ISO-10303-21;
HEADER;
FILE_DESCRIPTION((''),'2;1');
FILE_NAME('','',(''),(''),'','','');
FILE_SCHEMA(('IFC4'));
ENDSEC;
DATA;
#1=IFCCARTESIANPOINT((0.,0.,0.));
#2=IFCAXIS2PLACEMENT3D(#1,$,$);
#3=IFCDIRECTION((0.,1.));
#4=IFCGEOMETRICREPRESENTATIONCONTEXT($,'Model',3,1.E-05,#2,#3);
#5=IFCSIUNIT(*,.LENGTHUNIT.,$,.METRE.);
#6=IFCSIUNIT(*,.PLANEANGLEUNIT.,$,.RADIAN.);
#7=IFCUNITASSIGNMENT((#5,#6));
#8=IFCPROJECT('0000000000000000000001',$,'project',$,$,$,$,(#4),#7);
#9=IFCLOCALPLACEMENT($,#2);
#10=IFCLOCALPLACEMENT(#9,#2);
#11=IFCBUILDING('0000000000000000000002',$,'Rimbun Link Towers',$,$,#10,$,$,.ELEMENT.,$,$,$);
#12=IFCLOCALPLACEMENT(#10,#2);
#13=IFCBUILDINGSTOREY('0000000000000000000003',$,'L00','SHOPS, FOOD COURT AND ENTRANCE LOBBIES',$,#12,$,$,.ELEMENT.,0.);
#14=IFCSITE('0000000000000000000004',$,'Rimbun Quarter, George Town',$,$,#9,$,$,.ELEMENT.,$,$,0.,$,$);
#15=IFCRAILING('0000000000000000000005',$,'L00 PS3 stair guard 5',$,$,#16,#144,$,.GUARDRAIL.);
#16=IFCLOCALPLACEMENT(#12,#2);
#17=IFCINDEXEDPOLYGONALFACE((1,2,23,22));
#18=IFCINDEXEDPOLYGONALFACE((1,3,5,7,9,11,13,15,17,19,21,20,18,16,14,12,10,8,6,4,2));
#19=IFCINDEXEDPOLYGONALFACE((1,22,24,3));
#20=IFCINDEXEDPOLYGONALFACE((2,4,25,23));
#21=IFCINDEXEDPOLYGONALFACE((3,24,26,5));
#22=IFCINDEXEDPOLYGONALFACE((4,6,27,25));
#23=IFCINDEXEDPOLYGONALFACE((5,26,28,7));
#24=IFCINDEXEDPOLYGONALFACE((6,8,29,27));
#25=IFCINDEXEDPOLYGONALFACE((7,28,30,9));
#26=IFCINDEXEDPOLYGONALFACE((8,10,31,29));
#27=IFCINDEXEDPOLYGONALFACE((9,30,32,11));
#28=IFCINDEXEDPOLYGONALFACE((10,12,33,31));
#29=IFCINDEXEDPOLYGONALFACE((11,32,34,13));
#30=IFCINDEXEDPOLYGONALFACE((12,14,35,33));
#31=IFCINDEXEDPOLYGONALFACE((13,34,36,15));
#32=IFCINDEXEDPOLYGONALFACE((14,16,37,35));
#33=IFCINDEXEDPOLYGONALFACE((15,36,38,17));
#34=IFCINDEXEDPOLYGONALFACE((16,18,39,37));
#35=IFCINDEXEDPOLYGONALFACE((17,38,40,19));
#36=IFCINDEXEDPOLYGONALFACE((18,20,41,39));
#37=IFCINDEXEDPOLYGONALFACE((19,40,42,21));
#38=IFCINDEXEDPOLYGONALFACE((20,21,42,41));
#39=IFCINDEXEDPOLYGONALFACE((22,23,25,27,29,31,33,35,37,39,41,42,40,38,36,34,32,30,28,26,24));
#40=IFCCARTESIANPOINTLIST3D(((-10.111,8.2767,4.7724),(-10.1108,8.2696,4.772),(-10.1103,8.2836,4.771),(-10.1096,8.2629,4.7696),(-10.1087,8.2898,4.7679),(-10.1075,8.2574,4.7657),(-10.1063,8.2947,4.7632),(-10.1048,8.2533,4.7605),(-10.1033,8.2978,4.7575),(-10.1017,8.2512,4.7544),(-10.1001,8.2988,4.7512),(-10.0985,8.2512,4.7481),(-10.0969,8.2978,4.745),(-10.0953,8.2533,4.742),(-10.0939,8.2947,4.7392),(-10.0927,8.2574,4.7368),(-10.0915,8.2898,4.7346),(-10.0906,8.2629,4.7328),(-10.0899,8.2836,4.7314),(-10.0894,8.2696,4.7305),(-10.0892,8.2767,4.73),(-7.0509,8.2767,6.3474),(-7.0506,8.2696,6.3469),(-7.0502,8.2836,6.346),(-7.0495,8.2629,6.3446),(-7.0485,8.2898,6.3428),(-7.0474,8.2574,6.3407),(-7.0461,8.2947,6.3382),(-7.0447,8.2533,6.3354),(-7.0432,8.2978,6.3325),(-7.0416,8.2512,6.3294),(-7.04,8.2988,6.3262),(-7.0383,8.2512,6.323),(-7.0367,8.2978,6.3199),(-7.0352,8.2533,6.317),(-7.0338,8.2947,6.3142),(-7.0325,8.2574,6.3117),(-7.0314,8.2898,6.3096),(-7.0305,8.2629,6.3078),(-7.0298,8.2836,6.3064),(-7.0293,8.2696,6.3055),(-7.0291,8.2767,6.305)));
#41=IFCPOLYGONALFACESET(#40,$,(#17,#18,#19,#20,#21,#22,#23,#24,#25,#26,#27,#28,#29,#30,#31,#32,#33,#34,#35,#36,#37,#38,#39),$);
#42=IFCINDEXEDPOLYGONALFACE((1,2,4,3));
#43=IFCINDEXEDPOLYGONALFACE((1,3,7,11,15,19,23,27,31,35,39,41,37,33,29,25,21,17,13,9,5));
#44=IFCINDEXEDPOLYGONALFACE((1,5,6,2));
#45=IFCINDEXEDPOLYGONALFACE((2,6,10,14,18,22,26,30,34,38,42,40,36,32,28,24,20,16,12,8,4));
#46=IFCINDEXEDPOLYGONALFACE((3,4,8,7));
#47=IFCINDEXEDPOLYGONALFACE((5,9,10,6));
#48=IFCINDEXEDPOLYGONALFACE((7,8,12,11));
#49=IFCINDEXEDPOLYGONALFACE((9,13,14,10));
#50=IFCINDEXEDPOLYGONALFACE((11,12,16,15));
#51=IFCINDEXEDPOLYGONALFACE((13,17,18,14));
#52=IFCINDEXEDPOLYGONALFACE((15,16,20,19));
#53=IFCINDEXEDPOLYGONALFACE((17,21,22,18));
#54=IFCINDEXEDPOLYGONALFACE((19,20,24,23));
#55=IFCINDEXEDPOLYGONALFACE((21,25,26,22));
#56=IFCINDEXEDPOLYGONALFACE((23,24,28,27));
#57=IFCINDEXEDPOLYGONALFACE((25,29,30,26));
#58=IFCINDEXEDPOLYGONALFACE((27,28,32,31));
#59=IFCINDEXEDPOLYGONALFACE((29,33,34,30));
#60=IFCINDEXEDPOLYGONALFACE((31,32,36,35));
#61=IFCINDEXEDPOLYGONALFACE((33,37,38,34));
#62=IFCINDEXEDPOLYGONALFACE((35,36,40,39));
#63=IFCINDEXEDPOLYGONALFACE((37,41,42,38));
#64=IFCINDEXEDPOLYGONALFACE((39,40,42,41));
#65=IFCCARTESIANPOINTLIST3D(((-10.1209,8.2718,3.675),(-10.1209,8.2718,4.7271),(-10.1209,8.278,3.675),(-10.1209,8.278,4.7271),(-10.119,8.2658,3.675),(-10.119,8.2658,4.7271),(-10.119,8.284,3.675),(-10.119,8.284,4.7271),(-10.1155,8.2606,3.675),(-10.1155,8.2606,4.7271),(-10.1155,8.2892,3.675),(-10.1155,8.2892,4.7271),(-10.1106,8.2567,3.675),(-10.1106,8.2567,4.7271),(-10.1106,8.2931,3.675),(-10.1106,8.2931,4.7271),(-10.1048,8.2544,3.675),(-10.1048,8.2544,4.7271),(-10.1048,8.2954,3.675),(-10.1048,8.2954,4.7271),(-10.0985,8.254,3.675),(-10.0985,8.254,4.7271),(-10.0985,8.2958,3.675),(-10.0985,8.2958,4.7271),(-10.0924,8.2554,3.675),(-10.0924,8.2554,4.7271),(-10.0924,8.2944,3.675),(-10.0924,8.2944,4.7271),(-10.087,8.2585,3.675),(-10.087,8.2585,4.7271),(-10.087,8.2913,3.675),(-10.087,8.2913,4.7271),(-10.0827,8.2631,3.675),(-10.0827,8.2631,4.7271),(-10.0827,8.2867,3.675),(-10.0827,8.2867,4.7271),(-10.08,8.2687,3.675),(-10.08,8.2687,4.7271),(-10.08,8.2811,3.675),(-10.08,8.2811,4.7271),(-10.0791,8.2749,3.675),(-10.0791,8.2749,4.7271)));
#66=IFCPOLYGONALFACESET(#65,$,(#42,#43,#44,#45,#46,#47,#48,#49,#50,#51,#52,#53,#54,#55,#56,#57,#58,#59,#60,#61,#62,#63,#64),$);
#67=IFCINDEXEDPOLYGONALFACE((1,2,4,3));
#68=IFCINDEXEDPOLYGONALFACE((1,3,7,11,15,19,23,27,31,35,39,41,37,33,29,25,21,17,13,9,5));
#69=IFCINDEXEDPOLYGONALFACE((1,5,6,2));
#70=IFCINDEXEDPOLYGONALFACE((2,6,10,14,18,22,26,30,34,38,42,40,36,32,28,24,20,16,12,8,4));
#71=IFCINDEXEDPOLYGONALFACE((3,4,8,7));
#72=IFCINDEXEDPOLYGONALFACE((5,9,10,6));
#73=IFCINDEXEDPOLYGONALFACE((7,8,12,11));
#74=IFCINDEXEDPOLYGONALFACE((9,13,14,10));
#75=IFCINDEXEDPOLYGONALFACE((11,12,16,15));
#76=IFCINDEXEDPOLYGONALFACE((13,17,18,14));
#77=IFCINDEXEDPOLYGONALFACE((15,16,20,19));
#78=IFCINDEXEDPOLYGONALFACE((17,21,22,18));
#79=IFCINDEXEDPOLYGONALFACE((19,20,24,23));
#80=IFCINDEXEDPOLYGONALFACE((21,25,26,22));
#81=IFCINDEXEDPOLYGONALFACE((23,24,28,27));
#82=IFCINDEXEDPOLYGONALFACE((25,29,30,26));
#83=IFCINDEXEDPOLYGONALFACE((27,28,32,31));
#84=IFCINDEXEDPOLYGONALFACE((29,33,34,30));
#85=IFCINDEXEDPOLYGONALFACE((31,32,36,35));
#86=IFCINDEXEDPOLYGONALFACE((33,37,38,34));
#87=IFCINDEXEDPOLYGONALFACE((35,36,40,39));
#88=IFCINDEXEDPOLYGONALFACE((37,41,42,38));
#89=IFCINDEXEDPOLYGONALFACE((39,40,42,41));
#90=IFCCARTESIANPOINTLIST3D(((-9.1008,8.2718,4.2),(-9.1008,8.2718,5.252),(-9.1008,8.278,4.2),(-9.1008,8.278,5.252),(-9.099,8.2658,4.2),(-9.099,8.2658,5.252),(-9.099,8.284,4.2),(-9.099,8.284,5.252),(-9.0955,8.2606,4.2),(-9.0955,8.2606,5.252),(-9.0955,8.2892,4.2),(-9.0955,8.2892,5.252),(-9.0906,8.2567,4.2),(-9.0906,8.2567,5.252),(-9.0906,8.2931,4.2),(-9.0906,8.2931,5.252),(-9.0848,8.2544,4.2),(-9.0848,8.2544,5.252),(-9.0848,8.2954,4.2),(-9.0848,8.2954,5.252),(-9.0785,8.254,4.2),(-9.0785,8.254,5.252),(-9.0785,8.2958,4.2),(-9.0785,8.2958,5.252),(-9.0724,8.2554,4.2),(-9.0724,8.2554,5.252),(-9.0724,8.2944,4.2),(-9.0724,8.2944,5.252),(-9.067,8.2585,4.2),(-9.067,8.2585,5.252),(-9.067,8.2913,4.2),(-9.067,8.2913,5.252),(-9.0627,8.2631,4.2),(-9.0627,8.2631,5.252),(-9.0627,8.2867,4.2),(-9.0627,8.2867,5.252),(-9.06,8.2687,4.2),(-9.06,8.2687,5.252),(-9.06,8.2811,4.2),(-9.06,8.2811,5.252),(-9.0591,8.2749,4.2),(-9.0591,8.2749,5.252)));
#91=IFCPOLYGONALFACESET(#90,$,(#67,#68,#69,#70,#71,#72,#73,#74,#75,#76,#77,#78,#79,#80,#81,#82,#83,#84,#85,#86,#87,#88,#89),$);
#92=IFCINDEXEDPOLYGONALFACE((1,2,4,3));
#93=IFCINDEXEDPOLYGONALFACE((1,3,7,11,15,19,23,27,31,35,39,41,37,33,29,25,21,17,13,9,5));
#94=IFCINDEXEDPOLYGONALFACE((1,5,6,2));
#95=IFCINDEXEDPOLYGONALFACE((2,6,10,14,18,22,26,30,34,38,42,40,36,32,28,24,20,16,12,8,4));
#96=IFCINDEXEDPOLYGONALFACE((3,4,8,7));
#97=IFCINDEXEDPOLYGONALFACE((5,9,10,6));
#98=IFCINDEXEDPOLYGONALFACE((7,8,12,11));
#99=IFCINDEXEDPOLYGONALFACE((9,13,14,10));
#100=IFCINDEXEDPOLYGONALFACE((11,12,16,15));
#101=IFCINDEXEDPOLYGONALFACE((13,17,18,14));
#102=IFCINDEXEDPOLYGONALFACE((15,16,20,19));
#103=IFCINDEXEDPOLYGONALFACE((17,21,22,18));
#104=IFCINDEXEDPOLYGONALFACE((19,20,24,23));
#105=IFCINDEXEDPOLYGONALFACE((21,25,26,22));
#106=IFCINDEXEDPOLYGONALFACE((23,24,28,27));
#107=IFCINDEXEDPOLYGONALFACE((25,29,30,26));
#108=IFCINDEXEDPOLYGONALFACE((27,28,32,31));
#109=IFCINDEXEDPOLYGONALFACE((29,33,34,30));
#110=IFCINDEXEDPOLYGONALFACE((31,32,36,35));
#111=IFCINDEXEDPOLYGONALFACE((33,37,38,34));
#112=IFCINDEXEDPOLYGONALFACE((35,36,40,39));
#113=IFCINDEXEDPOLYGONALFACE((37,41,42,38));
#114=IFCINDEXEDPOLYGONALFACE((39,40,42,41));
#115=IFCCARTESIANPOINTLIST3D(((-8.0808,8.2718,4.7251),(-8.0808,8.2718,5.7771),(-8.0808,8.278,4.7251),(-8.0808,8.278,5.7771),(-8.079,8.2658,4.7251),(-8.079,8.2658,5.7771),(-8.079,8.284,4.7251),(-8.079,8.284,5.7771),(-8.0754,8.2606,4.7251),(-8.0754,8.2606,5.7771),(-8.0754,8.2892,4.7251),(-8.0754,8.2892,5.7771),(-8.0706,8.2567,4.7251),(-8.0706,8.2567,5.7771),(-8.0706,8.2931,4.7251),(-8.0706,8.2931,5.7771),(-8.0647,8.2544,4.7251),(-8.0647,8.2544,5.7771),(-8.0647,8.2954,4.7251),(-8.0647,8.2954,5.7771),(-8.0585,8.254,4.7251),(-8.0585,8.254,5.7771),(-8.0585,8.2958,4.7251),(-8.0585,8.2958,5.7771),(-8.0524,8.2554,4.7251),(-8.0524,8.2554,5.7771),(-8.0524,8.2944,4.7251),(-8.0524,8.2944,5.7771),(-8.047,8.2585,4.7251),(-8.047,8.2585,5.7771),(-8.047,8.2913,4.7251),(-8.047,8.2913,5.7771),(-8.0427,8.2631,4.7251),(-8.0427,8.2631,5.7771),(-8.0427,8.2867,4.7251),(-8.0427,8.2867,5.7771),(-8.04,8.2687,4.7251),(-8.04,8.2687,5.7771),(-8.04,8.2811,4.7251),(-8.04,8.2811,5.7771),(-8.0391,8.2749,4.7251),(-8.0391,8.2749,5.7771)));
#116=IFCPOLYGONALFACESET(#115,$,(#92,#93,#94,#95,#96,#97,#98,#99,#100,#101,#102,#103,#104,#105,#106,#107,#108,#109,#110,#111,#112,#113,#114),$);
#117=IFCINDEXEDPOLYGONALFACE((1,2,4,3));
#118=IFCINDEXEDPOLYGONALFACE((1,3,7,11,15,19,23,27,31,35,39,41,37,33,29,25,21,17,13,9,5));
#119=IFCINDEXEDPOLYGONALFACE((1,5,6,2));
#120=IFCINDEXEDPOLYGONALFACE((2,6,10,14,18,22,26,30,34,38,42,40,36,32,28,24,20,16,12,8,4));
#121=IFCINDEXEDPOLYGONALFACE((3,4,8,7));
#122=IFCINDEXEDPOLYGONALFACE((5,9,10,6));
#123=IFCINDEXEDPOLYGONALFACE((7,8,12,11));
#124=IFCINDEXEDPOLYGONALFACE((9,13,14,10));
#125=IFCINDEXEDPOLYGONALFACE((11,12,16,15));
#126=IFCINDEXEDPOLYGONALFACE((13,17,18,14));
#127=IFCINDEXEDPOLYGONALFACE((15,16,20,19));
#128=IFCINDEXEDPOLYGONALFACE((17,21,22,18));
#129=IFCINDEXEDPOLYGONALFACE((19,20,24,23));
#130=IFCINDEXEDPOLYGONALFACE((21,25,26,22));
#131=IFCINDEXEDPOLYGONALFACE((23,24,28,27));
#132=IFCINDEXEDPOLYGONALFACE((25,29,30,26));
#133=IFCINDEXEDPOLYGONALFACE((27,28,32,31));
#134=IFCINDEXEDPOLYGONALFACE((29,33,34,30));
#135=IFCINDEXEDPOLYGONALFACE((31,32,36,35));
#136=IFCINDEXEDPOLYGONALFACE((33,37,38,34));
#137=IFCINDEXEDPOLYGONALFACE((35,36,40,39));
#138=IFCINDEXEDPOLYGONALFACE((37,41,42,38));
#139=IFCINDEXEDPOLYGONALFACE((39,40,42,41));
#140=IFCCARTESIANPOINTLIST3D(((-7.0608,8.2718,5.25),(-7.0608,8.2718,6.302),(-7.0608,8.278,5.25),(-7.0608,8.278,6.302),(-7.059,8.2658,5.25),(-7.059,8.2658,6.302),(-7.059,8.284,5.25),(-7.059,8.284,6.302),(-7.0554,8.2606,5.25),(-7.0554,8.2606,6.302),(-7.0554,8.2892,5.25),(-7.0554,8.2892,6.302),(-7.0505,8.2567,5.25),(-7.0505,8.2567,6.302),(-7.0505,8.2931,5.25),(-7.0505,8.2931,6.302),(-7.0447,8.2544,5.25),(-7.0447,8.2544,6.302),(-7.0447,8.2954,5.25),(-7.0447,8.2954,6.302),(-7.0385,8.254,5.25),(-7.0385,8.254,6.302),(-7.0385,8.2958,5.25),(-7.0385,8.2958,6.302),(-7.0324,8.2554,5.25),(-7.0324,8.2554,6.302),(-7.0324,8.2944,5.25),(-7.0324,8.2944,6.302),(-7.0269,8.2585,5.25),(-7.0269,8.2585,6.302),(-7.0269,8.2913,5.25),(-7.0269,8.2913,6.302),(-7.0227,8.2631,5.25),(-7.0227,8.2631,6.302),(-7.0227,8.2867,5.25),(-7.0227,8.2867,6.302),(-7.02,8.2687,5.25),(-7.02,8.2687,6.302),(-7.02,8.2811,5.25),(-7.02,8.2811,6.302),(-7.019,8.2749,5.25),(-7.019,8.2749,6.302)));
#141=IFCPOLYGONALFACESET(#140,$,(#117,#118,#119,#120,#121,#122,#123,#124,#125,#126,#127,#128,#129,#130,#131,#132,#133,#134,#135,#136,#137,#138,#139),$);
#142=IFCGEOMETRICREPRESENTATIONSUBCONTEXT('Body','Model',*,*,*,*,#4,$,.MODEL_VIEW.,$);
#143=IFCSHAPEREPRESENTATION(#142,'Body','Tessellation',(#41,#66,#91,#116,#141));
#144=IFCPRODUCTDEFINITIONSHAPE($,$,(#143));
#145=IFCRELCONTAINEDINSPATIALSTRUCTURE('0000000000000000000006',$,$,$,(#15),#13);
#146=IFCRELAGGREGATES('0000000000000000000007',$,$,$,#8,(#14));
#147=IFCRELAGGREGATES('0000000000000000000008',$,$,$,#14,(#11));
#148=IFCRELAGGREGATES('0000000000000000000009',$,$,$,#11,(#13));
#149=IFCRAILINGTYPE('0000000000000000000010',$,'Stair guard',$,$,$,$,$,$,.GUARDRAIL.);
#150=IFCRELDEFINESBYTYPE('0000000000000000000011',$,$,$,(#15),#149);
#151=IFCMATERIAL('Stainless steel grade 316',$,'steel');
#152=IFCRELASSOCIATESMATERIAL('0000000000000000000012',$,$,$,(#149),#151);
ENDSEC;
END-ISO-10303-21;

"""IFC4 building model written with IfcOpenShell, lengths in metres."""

from ifc_helpers import new_model, si_unit, direction, frame, origin, origin_2d, place, context, subcontext, project, spatial, circle, extrude, material, type_object, element, save


model = new_model("IFC4")

# Units and contexts
model_context = context("Model", 3, precision=1e-05, world=origin(), true_north=direction((0.0, 1.0)))
body_context = subcontext(model_context, "Body", "Model", "MODEL_VIEW")
ifc_project = project(units=[si_unit("LENGTHUNIT", "METRE"), si_unit("PLANEANGLEUNIT", "RADIAN")], contexts=[model_context])

# Site, building, storey
site_placement = place(None, origin())
site = spatial("IfcSite", under=ifc_project, at=site_placement, Name="Rimbun Quarter, George Town", CompositionType="ELEMENT", RefElevation=0.0)
building_placement = place(site_placement, origin())
building = spatial("IfcBuilding", under=site, at=building_placement, Name="Rimbun Link Towers", CompositionType="ELEMENT")
storey_placement = place(building_placement, origin())
storey = spatial("IfcBuildingStorey", under=building, at=storey_placement, Name="L00", Description="SHOPS, FOOD COURT AND ENTRANCE LOBBIES", CompositionType="ELEMENT", Elevation=0.0)

# Railing
ifc_material_1 = material(Name="Stainless steel grade 316", Category="steel")
railing_type_1 = type_object("IfcRailingType", Name="Stair guard", PredefinedType="GUARDRAIL", material=ifc_material_1)
railing_1_placement = place(storey_placement, frame((-10.1001, 8.2749, 3.675)))
element("IfcRailing", 1, at=railing_1_placement, inside=storey, type_object=railing_type_1, Name="L00 PS3 stair guard 5", PredefinedType="GUARDRAIL", context=body_context, shape_type="SweptSolid", body=[
    extrude(circle(Radius=0.0239, at=origin_2d()), frame((0.0, 0.0, 1.0762), z_axis=(0.889145, 0.0, 0.457625), x_axis=(0.0, 1.0, 0.0)), (0.0, 0.0, 1.0), 3.4417),
    extrude(circle(Radius=0.021, at=origin_2d()), origin(), (0.0, 0.0, 1.0), 1.052),
    extrude(circle(Radius=0.021, at=origin_2d()), frame((1.02, 0.0, 0.5249)), (0.0, 0.0, 1.0), 1.052),
    extrude(circle(Radius=0.021, at=origin_2d()), frame((2.04, 0.0, 1.05)), (0.0, 0.0, 1.0), 1.052),
    extrude(circle(Radius=0.021, at=origin_2d()), frame((3.0601, 0.0, 1.575)), (0.0, 0.0, 1.0), 1.052),
])

save(model, "model.ifc")
